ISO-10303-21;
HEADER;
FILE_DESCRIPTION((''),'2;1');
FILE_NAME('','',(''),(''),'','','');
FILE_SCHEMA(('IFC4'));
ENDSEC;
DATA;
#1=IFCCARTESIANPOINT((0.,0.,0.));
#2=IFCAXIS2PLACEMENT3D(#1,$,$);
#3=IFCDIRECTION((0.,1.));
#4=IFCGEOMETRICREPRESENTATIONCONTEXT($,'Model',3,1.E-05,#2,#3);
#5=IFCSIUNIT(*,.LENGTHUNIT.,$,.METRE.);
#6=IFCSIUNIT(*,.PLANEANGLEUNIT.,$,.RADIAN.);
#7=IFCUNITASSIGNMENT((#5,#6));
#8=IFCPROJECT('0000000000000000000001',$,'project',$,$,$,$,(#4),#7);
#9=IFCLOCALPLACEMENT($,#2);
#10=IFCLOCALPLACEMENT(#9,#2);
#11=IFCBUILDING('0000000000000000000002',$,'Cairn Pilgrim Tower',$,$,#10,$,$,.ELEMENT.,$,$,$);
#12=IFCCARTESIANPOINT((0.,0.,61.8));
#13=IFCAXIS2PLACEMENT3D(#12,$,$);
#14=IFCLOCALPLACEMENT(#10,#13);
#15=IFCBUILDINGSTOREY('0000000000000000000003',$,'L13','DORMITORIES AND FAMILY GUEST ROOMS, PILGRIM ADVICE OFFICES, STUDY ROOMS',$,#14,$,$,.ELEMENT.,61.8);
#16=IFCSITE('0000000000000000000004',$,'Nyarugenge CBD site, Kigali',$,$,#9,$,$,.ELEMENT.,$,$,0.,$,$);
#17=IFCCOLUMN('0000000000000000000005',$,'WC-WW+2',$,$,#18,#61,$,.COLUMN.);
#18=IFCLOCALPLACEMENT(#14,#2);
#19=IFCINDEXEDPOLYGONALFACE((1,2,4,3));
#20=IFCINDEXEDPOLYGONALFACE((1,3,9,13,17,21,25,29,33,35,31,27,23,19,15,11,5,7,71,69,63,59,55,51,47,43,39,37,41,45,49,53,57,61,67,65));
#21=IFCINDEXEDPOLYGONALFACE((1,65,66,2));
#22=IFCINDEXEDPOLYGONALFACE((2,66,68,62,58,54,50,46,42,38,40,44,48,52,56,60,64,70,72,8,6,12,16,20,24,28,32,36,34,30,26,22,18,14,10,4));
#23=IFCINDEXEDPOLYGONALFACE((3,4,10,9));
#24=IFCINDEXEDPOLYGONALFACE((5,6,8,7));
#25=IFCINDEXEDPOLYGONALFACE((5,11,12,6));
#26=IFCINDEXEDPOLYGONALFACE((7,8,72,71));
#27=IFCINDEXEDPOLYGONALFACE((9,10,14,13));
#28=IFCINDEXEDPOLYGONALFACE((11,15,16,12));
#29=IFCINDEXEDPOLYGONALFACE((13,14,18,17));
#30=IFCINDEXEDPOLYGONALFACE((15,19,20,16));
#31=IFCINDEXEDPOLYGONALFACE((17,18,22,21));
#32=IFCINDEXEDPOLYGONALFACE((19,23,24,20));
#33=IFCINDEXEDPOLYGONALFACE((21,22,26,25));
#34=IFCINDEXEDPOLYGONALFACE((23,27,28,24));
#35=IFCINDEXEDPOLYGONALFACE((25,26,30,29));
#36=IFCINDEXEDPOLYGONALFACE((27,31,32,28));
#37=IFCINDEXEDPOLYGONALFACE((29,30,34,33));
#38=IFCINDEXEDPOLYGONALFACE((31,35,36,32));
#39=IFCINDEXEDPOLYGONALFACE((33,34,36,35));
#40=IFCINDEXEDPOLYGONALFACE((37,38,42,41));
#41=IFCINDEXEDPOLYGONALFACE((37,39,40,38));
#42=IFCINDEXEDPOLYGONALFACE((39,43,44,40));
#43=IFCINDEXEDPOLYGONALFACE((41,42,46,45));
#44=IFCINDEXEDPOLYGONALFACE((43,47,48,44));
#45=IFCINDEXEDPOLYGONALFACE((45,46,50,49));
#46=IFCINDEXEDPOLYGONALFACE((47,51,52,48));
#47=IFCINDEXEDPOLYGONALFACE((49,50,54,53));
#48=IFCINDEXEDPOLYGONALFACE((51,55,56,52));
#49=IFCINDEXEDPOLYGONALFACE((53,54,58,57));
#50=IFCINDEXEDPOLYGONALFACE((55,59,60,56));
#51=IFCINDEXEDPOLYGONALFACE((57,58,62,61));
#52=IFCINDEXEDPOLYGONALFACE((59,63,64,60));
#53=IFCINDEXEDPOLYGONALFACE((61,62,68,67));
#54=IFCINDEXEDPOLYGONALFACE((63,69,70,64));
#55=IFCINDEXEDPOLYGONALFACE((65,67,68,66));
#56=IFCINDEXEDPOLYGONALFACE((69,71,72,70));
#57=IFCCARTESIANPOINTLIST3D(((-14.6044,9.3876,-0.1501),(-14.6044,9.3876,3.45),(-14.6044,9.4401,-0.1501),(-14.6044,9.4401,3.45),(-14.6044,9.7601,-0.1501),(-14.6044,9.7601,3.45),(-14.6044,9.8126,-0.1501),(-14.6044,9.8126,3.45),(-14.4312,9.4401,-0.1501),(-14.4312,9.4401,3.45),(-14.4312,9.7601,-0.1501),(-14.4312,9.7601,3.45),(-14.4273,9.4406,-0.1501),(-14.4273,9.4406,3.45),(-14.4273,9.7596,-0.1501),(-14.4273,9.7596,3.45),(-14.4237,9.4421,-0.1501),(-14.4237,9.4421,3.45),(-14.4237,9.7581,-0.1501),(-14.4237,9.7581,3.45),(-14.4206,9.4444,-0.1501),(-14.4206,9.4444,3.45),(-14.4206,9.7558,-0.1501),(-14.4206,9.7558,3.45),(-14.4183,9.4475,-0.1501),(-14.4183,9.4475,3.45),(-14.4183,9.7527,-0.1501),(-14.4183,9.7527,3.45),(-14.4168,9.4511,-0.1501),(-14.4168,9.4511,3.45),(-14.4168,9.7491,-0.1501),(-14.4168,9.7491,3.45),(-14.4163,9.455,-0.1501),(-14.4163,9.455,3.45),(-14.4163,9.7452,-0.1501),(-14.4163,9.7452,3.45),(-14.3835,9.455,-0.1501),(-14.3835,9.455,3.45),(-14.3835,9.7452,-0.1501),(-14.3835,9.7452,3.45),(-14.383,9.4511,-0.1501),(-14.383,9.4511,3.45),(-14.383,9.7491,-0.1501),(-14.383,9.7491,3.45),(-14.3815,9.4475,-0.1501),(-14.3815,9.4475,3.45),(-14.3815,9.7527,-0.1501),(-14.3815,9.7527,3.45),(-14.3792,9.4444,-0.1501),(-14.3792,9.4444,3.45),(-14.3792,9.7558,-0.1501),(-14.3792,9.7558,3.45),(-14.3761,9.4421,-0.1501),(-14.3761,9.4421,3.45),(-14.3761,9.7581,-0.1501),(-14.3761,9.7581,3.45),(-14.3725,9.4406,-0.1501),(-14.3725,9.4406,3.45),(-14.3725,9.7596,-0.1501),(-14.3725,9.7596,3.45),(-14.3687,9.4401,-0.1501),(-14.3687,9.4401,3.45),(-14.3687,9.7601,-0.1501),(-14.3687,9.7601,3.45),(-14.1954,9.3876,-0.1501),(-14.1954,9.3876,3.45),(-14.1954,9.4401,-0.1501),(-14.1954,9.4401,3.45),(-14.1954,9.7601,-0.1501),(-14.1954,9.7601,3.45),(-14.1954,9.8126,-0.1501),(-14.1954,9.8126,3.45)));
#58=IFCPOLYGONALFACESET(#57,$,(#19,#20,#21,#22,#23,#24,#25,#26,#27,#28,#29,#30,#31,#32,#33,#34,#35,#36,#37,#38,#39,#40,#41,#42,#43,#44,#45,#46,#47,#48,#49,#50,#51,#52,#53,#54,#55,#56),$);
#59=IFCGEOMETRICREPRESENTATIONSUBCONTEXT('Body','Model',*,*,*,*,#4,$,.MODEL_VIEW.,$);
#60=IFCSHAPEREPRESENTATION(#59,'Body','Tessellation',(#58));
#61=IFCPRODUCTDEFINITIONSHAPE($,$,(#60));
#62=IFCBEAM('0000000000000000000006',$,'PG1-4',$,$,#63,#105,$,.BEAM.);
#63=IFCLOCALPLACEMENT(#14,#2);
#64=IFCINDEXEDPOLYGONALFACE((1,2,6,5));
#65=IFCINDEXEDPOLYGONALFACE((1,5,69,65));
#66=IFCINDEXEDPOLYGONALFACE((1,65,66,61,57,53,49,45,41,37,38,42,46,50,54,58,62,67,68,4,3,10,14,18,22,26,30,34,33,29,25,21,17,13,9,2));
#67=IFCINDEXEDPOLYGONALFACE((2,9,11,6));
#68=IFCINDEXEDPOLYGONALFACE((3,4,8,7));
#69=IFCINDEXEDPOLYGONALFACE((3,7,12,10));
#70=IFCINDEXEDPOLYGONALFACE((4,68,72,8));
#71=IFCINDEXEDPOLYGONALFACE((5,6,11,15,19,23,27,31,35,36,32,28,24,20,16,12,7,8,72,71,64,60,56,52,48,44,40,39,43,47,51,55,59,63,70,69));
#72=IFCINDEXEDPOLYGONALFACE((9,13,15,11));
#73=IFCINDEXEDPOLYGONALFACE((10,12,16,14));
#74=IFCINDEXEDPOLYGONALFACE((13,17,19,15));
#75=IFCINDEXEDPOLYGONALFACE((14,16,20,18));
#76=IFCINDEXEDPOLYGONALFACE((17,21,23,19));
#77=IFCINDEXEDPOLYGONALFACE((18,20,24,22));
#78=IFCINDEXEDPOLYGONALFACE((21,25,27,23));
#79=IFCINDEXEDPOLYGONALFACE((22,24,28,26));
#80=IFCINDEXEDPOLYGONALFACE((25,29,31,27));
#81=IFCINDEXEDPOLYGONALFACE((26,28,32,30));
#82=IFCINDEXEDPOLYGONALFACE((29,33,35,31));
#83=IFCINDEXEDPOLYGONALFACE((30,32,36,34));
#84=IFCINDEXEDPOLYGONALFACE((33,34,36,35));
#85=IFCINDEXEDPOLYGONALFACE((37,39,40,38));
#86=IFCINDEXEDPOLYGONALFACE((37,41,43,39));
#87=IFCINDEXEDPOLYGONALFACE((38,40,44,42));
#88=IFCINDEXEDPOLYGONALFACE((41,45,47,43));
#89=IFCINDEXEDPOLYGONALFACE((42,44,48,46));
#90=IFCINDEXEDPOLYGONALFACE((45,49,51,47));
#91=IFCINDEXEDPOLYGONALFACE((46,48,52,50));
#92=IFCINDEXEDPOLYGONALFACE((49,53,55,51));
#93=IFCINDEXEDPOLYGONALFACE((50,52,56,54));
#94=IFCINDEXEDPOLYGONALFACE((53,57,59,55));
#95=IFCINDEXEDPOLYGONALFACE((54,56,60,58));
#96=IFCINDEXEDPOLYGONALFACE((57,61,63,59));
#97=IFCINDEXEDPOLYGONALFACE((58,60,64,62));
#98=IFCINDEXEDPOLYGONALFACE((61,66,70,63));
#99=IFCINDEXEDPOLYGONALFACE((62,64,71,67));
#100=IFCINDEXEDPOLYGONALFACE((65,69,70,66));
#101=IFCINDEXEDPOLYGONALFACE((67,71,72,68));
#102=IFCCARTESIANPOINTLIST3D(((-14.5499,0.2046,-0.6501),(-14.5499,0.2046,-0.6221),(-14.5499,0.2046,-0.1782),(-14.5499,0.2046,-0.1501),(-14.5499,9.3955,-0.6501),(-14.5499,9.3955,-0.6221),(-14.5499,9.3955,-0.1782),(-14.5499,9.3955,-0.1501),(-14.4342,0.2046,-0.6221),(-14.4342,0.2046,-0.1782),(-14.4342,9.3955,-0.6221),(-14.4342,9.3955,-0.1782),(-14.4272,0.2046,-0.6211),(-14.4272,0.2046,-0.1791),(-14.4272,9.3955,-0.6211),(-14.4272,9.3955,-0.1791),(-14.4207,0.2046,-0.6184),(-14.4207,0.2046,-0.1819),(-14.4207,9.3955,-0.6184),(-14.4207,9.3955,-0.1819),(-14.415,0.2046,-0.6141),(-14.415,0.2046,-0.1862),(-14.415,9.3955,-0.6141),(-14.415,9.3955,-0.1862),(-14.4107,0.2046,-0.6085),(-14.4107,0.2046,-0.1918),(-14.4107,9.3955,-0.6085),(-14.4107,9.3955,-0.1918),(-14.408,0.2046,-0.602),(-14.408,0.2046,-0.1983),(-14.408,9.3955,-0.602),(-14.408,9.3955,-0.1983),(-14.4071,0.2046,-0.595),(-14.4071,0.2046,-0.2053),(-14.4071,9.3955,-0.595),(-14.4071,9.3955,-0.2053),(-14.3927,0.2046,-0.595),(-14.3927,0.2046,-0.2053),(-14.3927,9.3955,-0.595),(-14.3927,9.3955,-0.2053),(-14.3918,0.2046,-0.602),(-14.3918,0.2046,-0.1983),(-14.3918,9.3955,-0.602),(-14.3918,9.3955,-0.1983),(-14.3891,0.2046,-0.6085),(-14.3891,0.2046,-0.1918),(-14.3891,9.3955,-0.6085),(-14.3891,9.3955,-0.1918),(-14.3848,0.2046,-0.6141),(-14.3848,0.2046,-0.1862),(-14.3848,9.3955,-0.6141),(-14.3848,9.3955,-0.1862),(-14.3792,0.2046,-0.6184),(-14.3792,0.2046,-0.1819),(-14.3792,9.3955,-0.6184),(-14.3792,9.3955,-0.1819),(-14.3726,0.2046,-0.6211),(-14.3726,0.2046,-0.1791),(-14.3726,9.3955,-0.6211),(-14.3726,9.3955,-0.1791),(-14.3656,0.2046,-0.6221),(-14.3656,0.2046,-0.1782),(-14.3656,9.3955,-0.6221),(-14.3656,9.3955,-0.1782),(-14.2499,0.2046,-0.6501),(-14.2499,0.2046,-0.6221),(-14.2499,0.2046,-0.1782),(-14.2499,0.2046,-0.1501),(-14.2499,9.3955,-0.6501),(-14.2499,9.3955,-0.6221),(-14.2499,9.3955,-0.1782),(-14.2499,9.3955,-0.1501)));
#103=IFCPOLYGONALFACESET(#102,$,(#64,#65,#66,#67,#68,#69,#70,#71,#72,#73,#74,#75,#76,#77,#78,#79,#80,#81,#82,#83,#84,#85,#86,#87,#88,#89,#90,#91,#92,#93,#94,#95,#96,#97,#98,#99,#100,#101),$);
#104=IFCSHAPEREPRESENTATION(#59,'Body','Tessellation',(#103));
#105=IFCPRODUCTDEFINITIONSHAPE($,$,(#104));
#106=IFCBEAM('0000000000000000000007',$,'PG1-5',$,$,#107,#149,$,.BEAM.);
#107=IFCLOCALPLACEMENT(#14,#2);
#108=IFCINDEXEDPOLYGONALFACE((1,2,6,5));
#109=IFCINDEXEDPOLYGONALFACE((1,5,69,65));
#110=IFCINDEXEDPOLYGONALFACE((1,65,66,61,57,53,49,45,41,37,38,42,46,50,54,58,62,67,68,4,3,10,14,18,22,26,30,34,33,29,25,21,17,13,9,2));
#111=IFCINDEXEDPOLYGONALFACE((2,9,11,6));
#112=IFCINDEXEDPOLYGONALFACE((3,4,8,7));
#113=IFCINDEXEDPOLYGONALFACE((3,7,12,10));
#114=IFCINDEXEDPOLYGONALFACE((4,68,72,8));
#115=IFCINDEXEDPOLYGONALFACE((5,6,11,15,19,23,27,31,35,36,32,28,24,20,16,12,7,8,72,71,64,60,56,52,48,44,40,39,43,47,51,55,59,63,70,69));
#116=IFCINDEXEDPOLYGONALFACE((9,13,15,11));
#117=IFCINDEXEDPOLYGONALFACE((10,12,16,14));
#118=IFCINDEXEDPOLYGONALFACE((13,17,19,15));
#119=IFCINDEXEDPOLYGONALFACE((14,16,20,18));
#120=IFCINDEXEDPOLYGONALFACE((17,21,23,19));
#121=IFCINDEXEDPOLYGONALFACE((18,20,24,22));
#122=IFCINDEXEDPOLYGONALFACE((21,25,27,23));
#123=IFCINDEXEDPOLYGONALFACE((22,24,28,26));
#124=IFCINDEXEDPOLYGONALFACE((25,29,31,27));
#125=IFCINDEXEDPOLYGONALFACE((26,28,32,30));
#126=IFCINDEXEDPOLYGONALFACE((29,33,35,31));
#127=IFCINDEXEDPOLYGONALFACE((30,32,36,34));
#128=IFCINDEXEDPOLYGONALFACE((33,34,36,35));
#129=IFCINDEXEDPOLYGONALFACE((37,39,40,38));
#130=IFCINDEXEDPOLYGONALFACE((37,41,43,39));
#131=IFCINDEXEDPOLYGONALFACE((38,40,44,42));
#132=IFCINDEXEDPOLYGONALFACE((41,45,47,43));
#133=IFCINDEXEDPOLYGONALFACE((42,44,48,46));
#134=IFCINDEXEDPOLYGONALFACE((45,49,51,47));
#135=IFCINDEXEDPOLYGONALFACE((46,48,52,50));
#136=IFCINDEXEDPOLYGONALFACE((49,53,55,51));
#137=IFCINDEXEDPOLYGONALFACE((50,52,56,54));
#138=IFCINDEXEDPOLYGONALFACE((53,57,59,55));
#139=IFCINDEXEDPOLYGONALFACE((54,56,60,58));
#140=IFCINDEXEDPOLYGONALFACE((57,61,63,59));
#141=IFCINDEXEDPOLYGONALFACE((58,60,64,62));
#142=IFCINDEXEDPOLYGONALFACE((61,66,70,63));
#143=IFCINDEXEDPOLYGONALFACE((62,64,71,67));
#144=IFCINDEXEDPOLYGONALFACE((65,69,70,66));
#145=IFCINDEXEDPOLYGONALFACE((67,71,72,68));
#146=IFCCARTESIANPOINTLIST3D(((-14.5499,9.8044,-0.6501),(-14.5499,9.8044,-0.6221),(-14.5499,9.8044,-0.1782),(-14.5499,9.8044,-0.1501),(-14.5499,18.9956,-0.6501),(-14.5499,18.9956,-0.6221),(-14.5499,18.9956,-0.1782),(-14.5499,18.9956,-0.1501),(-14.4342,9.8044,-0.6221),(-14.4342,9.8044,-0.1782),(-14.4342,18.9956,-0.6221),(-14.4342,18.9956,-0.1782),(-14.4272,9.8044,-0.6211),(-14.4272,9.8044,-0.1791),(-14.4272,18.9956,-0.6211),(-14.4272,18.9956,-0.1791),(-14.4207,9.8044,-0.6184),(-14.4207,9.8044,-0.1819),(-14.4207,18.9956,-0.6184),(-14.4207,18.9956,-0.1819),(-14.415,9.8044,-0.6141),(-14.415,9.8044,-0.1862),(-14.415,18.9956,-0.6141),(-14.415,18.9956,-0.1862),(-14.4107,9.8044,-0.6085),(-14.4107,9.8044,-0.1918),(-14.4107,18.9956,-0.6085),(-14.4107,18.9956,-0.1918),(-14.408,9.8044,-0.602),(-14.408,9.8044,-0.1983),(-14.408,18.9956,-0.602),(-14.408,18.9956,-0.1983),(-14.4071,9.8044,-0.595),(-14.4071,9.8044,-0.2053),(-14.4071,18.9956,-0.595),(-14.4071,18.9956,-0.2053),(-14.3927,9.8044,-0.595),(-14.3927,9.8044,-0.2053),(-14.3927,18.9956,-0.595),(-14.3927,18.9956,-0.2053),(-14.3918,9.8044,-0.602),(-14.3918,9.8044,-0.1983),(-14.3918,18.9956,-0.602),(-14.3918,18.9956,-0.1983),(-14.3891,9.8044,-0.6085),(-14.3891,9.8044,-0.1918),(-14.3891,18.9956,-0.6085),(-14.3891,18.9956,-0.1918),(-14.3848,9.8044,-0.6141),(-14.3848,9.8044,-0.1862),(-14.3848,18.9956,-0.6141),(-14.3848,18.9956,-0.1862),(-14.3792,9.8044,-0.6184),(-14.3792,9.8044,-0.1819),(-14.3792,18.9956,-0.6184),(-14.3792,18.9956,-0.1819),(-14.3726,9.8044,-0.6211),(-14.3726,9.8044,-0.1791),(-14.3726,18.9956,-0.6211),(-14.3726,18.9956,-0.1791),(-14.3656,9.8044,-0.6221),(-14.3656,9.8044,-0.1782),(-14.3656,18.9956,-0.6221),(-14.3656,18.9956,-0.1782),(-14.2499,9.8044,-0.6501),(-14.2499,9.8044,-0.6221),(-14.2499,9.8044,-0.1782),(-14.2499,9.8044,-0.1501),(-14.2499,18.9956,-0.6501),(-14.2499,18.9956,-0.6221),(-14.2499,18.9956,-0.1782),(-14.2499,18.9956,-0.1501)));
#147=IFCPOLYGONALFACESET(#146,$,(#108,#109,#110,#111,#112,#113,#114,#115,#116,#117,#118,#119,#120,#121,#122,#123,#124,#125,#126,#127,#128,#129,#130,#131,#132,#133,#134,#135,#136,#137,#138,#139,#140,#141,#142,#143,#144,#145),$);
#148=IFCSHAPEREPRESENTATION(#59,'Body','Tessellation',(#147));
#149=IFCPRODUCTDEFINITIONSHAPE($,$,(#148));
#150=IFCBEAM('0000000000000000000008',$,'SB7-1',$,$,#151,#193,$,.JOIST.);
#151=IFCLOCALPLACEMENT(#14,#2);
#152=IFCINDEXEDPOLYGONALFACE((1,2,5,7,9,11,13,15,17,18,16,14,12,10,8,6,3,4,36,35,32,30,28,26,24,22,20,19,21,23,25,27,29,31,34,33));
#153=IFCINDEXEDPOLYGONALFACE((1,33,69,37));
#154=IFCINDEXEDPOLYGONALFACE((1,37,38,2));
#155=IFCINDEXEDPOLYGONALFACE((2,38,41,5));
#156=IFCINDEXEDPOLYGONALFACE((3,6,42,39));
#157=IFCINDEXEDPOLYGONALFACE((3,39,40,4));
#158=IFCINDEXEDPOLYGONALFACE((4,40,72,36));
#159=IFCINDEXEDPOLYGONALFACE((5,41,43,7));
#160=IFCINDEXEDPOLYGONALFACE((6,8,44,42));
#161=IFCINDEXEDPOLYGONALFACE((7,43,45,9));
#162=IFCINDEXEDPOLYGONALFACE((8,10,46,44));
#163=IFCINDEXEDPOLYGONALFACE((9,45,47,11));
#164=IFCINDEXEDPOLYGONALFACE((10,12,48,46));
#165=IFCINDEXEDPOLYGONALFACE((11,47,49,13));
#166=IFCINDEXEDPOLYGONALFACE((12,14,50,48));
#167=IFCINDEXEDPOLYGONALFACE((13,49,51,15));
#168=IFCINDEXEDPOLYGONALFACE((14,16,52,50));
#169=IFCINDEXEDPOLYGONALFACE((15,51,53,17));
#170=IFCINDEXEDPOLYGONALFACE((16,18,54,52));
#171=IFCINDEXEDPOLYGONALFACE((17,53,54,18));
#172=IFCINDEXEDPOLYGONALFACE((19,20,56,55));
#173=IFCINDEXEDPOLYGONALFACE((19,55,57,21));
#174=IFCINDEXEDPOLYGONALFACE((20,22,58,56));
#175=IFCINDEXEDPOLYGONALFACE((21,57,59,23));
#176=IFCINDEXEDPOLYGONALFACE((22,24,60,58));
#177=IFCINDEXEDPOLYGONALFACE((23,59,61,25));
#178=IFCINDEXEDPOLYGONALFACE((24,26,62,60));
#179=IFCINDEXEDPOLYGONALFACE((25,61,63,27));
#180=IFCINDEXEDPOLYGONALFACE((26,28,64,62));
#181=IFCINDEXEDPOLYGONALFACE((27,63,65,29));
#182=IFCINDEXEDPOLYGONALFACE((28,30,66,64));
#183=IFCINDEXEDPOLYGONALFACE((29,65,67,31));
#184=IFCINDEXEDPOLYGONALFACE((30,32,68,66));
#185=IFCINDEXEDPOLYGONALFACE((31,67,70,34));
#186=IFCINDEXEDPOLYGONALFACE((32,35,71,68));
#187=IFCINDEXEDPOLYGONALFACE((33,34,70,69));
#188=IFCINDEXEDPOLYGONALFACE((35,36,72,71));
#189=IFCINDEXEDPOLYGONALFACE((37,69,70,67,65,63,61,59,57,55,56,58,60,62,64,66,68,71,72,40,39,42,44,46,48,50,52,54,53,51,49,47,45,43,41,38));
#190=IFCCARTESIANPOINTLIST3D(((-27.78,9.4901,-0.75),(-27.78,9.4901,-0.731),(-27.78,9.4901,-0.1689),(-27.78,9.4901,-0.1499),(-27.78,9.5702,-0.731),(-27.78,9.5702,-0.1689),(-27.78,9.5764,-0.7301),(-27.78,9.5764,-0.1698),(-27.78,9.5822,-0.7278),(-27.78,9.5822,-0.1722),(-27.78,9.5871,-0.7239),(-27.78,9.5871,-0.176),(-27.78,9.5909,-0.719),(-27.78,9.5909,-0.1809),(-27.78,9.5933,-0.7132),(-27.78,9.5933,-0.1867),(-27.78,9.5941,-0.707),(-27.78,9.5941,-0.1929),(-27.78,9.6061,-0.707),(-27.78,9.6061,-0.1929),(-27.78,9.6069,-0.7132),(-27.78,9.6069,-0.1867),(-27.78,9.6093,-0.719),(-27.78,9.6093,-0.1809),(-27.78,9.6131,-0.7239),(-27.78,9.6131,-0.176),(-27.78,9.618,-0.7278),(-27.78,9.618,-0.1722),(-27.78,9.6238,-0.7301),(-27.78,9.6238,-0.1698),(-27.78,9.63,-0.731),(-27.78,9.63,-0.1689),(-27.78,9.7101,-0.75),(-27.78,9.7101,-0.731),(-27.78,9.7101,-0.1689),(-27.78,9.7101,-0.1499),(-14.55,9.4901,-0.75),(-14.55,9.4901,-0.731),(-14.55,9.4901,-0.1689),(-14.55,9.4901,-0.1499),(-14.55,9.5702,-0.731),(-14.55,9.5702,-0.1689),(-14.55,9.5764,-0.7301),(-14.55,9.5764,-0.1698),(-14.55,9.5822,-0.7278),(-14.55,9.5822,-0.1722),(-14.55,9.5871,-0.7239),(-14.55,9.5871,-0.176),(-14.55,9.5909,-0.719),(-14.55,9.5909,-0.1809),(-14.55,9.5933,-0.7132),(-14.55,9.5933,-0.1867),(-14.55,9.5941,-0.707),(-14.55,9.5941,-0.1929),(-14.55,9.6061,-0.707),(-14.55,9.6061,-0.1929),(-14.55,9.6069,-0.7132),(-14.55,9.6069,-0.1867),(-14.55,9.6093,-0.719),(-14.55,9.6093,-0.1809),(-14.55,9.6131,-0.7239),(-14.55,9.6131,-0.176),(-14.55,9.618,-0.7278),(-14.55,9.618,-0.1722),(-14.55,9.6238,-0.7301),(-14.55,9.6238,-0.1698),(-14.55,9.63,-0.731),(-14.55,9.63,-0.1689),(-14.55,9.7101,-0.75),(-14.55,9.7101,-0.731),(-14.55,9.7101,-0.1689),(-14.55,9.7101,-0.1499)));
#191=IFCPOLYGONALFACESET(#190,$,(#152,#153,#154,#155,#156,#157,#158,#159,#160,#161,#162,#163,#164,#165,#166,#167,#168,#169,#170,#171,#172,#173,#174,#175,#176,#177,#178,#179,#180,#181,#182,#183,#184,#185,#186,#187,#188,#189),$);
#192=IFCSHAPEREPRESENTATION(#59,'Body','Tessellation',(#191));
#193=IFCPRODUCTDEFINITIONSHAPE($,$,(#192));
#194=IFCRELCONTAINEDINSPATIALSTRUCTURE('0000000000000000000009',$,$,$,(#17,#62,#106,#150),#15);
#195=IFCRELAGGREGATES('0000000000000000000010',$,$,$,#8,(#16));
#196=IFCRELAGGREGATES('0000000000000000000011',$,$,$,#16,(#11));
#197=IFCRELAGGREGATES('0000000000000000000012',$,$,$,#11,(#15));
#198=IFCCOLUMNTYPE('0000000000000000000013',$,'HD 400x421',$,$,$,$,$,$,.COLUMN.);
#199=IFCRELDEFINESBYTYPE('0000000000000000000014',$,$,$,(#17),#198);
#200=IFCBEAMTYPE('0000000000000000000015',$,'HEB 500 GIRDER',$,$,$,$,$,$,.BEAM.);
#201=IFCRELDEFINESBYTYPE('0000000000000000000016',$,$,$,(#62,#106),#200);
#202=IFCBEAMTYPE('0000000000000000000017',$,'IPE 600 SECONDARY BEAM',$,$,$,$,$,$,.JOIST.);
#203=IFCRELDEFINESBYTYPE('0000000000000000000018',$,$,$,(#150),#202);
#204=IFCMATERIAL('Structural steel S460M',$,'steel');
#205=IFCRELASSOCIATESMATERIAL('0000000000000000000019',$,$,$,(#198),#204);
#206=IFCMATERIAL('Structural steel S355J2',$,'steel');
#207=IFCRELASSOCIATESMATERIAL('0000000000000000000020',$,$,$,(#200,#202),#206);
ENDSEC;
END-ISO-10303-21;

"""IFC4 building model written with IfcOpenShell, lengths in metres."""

from ifc_helpers import new_model, si_unit, direction, frame, origin, origin_2d, place, context, subcontext, project, spatial, i_section, extrude, material, material_profile, profile_set, type_object, element, save


model = new_model("IFC4")

# Units and contexts
model_context = context("Model", 3, precision=1e-05, world=origin(), true_north=direction((0.0, 1.0)))
body_context = subcontext(model_context, "Body", "Model", "MODEL_VIEW")
ifc_project = project(units=[si_unit("LENGTHUNIT", "METRE"), si_unit("PLANEANGLEUNIT", "RADIAN")], contexts=[model_context])

# Site, building, storey
site_placement = place(None, origin())
site = spatial("IfcSite", under=ifc_project, at=site_placement, Name="Nyarugenge CBD site, Kigali", CompositionType="ELEMENT", RefElevation=0.0)
building_placement = place(site_placement, origin())
building = spatial("IfcBuilding", under=site, at=building_placement, Name="Cairn Pilgrim Tower", CompositionType="ELEMENT")
storey_placement = place(building_placement, frame((0.0, 0.0, 61.8)))
storey = spatial("IfcBuildingStorey", under=building, at=storey_placement, Name="L13", Description="DORMITORIES AND FAMILY GUEST ROOMS, PILGRIM ADVICE OFFICES, STUDY ROOMS", CompositionType="ELEMENT", Elevation=61.8)

# Column
ifc_material_1 = material(Name="Structural steel S460M", Category="steel")
ifc_material_profile_1 = material_profile(ifc_material_1, i_section(OverallWidth=0.4089, OverallDepth=0.425, WebThickness=0.0327, FlangeThickness=0.0525, FilletRadius=0.0149, at=origin_2d()), Name="HD 400x421")
ifc_profile_set_1 = profile_set([ifc_material_profile_1], Name="Structural steel S460M")
column_type = type_object("IfcColumnType", Name="HD 400x421", PredefinedType="COLUMN", material=ifc_profile_set_1)
column_placement = place(storey_placement, frame((-14.3999, 9.6001, -0.1501), z_axis=(0.0, 0.0, 1.0), x_axis=(1.0, 0.0, 0.0)))
element("IfcColumn", 1, at=column_placement, inside=storey, type_object=column_type, Name="WC-WW+2", PredefinedType="COLUMN", context=body_context, shape_type="SweptSolid", body=[
    extrude(i_section(OverallWidth=0.4089, OverallDepth=0.425, WebThickness=0.0327, FlangeThickness=0.0525, FilletRadius=0.0149, at=origin_2d()), origin(), (0.0, 0.0, 1.0), 3.6001),
])

# Beams
ifc_material_2 = material(Name="Structural steel S355J2", Category="steel")
ifc_material_profile_2 = material_profile(ifc_material_2, i_section(OverallWidth=0.3, OverallDepth=0.5, WebThickness=0.0144, FlangeThickness=0.0281, FilletRadius=0.0271, at=origin_2d()), Name="HEB 500")
ifc_profile_set_2 = profile_set([ifc_material_profile_2], Name="Structural steel S355J2")
beam_type_1 = type_object("IfcBeamType", Name="HEB 500 GIRDER", PredefinedType="BEAM", material=ifc_profile_set_2)
beam_1_placement = place(storey_placement, frame((-14.3999, 0.2046, -0.4001), z_axis=(0.0, 1.0, 0.0), x_axis=(-1.0, 0.0, 0.0)))
element("IfcBeam", 2, at=beam_1_placement, inside=storey, type_object=beam_type_1, Name="PG1-4", PredefinedType="BEAM", context=body_context, shape_type="SweptSolid", body=[
    extrude(i_section(OverallWidth=0.3, OverallDepth=0.5, WebThickness=0.0144, FlangeThickness=0.0281, FilletRadius=0.0271, at=origin_2d()), origin(), (0.0, 0.0, 1.0), 9.1909),
])
beam_2_placement = place(storey_placement, frame((-14.3999, 9.8044, -0.4001), z_axis=(0.0, 1.0, 0.0), x_axis=(-1.0, 0.0, 0.0)))
element("IfcBeam", 3, at=beam_2_placement, inside=storey, type_object=beam_type_1, Name="PG1-5", PredefinedType="BEAM", context=body_context, shape_type="SweptSolid", body=[
    extrude(i_section(OverallWidth=0.3, OverallDepth=0.5, WebThickness=0.0144, FlangeThickness=0.0281, FilletRadius=0.0271, at=origin_2d()), origin(), (0.0, 0.0, 1.0), 9.1912),
])
ifc_material_profile_3 = material_profile(ifc_material_2, i_section(OverallWidth=0.22, OverallDepth=0.6001, WebThickness=0.012, FlangeThickness=0.019, FilletRadius=0.0239, at=origin_2d()), Name="IPE 600")
ifc_profile_set_3 = profile_set([ifc_material_profile_3], Name="Structural steel S355J2")
beam_type_2 = type_object("IfcBeamType", Name="IPE 600 SECONDARY BEAM", PredefinedType="JOIST", material=ifc_profile_set_3)
beam_3_placement = place(storey_placement, frame((-27.78, 9.6001, -0.45), z_axis=(1.0, 0.0, 0.0), x_axis=(0.0, 1.0, 0.0)))
element("IfcBeam", 4, at=beam_3_placement, inside=storey, type_object=beam_type_2, Name="SB7-1", PredefinedType="JOIST", context=body_context, shape_type="SweptSolid", body=[
    extrude(i_section(OverallWidth=0.22, OverallDepth=0.6001, WebThickness=0.012, FlangeThickness=0.019, FilletRadius=0.0239, at=origin_2d()), origin(), (0.0, 0.0, 1.0), 13.23),
])

save(model, "model.ifc")
